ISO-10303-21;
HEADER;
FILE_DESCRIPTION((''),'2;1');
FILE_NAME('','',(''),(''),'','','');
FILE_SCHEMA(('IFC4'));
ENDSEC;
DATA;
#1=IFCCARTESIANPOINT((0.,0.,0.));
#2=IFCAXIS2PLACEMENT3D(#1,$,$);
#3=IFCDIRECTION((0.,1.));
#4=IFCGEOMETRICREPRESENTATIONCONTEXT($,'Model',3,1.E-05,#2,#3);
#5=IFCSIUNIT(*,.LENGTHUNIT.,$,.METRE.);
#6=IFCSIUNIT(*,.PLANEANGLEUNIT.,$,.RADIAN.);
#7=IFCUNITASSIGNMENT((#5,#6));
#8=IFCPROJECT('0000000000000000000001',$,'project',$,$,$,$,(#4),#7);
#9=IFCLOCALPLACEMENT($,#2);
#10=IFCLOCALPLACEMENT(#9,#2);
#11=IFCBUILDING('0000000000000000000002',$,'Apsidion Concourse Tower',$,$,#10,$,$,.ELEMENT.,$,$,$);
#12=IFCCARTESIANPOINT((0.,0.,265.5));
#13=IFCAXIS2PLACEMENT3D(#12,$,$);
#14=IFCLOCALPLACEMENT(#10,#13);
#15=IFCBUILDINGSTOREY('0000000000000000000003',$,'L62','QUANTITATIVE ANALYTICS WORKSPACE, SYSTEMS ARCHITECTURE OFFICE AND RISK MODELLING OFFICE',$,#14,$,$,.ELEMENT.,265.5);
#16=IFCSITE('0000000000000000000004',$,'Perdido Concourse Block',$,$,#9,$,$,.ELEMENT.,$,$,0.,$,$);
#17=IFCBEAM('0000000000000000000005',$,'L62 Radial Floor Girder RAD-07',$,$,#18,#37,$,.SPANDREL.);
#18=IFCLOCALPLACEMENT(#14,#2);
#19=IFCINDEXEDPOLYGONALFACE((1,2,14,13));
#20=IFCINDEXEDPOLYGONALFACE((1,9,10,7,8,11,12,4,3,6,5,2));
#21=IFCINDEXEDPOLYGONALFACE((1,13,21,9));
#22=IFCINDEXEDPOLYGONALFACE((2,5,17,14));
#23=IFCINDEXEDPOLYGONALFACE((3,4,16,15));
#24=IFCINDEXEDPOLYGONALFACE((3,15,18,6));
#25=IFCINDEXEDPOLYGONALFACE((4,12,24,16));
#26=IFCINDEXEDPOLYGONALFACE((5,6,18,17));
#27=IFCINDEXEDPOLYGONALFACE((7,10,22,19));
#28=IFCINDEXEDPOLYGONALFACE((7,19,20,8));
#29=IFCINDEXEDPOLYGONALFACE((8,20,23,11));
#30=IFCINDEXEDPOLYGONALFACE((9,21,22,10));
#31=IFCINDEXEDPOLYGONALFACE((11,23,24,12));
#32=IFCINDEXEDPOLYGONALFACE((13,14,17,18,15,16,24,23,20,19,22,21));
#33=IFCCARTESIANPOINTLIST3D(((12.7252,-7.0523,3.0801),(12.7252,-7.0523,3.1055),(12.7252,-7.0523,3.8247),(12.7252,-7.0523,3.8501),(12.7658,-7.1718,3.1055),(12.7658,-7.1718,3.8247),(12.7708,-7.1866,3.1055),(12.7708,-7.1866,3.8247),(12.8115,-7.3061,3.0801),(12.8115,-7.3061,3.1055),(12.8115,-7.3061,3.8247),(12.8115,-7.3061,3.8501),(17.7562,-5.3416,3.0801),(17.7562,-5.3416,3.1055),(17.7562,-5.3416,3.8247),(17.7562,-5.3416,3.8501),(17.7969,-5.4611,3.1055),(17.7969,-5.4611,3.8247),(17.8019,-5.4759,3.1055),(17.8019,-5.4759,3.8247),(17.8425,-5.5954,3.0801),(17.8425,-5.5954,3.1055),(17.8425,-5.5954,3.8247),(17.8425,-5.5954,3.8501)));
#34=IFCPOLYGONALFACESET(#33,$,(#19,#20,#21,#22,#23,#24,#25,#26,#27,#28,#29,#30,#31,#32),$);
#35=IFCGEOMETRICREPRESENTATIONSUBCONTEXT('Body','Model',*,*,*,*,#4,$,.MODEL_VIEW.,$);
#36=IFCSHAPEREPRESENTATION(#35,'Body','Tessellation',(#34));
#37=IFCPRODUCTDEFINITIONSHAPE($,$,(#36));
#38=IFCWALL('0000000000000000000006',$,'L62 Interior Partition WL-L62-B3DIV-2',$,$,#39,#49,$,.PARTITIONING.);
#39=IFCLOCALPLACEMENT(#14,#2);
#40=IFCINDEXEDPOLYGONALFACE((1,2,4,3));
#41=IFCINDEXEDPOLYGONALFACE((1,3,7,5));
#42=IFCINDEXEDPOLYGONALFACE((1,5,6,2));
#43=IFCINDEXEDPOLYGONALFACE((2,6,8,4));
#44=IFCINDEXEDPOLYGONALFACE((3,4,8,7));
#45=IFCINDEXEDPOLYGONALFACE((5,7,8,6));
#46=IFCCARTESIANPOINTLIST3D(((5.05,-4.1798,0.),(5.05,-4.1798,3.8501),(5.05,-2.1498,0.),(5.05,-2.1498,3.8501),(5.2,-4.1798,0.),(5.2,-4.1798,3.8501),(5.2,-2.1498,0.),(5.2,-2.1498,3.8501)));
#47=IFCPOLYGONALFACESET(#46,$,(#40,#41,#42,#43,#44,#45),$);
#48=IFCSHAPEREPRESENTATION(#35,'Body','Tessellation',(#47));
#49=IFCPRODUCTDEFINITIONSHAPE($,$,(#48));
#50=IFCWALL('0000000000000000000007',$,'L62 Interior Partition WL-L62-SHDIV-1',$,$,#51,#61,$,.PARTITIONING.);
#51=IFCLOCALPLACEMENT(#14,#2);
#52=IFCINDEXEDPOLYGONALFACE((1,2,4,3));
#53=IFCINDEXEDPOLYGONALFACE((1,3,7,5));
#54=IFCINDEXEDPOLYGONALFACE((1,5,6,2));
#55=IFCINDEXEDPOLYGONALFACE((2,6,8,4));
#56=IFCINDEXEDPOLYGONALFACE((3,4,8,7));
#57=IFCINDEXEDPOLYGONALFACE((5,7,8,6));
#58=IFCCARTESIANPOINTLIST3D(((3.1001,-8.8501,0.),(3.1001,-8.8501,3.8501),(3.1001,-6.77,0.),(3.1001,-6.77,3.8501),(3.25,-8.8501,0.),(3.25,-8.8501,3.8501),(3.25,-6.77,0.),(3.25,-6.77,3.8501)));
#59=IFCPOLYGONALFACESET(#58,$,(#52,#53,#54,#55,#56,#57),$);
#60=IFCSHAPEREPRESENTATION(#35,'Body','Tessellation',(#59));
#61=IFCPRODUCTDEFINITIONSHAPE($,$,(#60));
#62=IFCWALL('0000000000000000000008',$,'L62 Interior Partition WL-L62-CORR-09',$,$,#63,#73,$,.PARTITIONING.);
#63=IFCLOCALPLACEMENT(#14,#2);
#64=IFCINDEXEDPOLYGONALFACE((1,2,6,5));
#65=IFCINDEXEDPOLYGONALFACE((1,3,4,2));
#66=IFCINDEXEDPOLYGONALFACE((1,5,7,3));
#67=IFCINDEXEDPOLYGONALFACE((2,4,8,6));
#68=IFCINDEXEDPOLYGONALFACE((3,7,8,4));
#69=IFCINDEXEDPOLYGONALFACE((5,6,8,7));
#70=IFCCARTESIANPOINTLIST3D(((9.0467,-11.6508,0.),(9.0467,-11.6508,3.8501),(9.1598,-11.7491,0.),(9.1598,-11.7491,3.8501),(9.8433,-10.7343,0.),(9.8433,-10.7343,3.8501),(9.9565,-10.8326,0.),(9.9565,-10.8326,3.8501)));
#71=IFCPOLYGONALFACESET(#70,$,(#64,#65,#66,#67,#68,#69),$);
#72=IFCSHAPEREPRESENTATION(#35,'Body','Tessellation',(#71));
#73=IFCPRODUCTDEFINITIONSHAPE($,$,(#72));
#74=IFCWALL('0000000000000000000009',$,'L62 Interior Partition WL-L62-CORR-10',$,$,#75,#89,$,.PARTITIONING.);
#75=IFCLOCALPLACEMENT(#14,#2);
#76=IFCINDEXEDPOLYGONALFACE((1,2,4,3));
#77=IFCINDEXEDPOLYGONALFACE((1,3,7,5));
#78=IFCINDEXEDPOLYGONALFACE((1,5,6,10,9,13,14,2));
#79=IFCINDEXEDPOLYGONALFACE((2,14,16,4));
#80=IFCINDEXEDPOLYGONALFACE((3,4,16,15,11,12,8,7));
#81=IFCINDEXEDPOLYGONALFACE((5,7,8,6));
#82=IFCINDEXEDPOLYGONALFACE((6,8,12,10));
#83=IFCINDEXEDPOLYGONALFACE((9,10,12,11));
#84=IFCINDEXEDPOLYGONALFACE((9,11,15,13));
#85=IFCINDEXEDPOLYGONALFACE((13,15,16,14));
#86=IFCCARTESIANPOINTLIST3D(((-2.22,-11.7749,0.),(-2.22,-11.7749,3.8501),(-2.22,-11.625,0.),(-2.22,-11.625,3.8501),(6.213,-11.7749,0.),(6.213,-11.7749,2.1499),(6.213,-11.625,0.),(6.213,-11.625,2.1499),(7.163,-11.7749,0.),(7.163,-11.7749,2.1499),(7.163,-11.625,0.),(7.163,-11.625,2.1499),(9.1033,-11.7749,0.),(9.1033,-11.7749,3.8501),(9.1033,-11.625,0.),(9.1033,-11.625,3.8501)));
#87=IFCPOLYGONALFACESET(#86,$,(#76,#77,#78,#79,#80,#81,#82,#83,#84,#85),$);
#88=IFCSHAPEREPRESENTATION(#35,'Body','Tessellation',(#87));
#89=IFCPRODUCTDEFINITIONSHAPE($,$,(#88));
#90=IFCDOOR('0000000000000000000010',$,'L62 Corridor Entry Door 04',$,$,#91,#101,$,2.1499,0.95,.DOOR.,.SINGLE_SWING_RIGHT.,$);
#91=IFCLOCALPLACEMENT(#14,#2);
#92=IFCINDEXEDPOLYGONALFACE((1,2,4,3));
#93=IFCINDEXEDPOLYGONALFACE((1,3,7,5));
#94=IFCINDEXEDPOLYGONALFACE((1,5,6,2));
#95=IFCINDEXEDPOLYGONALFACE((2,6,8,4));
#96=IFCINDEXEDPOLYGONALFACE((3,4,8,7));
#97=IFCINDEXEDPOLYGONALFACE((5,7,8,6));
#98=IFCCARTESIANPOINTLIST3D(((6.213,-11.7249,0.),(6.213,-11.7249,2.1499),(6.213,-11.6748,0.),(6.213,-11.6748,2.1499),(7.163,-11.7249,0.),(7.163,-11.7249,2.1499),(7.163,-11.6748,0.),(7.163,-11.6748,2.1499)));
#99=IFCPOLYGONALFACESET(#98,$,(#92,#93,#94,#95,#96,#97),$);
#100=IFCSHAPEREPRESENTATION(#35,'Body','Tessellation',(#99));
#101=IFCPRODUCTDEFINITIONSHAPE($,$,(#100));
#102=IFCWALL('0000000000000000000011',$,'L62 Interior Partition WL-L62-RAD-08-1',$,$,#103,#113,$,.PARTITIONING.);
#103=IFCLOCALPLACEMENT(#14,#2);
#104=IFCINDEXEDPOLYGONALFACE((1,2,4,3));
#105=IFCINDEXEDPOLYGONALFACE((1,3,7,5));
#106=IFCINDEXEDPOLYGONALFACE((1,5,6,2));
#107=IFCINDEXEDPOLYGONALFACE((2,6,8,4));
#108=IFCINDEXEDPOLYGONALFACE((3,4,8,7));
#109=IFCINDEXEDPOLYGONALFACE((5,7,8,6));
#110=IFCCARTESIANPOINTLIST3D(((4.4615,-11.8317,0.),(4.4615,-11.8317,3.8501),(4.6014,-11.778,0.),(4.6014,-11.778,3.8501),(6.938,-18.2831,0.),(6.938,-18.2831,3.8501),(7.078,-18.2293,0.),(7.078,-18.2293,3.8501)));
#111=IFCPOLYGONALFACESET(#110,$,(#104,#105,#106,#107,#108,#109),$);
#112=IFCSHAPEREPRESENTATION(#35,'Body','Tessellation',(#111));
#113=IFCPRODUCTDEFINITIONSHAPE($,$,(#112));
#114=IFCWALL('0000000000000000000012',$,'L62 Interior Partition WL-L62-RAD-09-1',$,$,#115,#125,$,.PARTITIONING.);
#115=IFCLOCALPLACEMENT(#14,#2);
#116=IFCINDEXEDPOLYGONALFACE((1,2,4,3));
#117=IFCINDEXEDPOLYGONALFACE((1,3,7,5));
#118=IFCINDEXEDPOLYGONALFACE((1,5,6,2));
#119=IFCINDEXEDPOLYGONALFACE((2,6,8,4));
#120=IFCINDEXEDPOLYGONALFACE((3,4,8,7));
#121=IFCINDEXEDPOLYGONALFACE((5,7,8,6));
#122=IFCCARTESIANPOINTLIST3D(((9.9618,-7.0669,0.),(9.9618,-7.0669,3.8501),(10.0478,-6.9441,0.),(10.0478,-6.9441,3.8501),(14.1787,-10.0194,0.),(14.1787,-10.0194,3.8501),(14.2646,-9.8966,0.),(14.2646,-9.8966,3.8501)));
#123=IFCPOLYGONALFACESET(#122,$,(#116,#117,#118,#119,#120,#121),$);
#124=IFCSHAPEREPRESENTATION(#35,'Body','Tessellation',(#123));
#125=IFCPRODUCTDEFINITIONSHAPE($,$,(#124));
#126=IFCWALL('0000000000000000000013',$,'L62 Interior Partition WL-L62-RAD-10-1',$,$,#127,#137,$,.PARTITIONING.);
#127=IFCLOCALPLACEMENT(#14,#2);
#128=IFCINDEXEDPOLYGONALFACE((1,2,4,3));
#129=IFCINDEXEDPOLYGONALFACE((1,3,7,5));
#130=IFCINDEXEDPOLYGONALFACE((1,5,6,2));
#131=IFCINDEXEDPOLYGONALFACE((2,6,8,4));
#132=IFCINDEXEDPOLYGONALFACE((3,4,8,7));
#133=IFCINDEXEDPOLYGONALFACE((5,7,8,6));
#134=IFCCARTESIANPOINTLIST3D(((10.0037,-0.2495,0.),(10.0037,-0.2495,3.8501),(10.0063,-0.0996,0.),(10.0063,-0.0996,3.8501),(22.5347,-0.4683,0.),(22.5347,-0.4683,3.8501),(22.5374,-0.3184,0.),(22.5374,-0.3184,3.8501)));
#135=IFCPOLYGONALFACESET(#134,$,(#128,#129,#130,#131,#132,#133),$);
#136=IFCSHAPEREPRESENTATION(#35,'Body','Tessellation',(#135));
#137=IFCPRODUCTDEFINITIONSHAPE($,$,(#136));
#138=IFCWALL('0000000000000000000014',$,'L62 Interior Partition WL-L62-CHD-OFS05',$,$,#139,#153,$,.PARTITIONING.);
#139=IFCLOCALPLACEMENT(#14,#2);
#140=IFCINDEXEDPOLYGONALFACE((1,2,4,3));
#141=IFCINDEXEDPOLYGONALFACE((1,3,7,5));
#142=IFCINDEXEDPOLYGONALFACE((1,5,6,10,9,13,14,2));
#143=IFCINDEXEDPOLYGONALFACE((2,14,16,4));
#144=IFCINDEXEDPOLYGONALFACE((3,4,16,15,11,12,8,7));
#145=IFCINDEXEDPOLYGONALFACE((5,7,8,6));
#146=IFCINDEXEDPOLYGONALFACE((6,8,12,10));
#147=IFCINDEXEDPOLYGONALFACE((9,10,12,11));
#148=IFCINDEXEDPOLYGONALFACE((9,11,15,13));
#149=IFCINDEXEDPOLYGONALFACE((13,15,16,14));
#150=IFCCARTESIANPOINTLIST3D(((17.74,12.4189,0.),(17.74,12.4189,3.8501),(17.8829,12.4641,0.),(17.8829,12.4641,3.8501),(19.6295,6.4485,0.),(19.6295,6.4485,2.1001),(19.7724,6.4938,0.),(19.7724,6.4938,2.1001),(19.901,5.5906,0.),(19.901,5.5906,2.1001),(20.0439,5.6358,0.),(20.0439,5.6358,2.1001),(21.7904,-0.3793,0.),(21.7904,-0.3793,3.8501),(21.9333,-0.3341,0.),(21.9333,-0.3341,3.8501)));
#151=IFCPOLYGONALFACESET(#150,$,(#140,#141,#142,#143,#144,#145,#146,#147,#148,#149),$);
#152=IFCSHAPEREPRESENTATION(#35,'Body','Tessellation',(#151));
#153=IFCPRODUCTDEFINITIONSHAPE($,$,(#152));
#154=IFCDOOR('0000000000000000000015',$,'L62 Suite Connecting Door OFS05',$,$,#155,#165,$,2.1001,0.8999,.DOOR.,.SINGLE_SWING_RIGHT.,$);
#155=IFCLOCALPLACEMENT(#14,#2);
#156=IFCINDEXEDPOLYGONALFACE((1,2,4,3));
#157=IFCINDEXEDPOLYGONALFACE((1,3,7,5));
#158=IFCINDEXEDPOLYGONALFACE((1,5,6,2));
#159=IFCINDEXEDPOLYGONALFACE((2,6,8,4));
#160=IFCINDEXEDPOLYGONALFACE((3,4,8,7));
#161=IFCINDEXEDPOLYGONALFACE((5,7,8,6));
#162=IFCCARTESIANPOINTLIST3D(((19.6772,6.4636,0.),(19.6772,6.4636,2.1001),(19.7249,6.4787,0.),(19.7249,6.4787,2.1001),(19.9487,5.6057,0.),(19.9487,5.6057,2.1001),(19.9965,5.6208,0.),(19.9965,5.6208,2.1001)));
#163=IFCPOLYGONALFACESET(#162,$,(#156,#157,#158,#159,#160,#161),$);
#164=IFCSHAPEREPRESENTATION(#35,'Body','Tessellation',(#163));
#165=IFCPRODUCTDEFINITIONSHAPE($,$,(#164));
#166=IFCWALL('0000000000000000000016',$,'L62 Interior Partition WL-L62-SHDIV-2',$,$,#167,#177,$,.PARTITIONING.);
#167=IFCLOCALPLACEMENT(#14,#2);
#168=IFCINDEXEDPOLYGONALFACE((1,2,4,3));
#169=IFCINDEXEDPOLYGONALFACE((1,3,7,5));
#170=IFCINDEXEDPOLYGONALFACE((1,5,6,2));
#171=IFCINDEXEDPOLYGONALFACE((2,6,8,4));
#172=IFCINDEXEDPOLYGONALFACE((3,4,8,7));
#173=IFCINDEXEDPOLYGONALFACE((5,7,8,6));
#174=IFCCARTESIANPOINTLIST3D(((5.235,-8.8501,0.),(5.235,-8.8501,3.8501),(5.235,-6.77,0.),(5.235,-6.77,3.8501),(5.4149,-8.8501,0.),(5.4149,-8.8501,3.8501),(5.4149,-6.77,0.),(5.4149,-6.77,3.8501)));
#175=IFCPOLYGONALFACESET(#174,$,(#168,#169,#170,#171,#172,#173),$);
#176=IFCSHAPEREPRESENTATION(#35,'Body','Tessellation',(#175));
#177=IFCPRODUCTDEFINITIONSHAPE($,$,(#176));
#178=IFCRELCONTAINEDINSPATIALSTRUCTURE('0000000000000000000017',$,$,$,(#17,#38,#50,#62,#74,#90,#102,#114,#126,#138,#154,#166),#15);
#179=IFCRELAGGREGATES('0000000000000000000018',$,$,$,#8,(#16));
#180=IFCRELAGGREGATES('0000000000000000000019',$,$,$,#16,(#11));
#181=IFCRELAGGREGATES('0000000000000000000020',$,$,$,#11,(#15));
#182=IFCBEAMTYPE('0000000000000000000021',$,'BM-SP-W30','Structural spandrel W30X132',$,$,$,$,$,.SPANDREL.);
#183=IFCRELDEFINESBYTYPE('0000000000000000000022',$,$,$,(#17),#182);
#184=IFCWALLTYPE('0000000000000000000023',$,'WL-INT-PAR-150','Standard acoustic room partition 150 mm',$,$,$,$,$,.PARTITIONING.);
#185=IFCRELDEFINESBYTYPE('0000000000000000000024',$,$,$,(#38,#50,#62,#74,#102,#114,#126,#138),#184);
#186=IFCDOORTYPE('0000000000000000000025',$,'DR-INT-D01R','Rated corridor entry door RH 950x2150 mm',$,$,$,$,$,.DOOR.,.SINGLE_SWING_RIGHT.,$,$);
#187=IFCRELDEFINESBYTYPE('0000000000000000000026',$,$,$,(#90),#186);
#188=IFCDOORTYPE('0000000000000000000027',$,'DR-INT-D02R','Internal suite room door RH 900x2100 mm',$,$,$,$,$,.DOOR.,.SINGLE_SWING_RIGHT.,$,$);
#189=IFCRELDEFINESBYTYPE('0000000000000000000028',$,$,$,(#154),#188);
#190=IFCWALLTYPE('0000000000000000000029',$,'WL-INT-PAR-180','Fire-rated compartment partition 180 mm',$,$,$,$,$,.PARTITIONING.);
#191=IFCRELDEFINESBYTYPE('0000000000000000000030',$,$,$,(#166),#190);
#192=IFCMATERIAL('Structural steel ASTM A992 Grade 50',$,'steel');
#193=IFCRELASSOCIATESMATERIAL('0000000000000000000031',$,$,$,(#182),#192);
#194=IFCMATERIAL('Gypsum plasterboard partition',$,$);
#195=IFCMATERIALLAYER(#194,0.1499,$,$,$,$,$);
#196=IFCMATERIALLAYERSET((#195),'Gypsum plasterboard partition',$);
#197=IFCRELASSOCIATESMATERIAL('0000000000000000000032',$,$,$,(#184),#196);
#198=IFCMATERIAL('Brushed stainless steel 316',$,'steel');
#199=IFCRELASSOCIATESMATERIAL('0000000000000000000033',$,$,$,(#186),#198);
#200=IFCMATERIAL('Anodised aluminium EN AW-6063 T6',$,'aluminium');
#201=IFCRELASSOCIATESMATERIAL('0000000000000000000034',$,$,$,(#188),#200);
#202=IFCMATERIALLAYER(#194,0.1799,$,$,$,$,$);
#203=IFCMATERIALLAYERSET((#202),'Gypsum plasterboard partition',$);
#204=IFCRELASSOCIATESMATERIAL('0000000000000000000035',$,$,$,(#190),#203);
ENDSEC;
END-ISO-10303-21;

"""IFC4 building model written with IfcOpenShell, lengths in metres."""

from ifc_helpers import new_model, si_unit, direction, frame, frame_2d, origin, origin_2d, place, context, subcontext, project, spatial, rectangle, i_section, extrude, material, layer, layer_set, material_profile, profile_set, type_object, element, fill, save


model = new_model("IFC4")

# Units and contexts
model_context = context("Model", 3, precision=1e-05, world=origin(), true_north=direction((0.0, 1.0)))
body_context = subcontext(model_context, "Body", "Model", "MODEL_VIEW")
ifc_project = project(units=[si_unit("LENGTHUNIT", "METRE"), si_unit("PLANEANGLEUNIT", "RADIAN")], contexts=[model_context])

# Site, building, storey
site_placement = place(None, origin())
site = spatial("IfcSite", under=ifc_project, at=site_placement, Name="Perdido Concourse Block", CompositionType="ELEMENT", RefElevation=0.0)
building_placement = place(site_placement, origin())
building = spatial("IfcBuilding", under=site, at=building_placement, Name="Apsidion Concourse Tower", CompositionType="ELEMENT")
storey_placement = place(building_placement, frame((0.0, 0.0, 265.5)))
storey = spatial("IfcBuildingStorey", under=building, at=storey_placement, Name="L62", Description="QUANTITATIVE ANALYTICS WORKSPACE, SYSTEMS ARCHITECTURE OFFICE AND RISK MODELLING OFFICE", CompositionType="ELEMENT", Elevation=265.5)

# Shared definitions
ifc_material_1 = material(Name="Structural steel ASTM A992 Grade 50", Category="steel")

# Beam
ifc_material_profile_1 = material_profile(ifc_material_1, i_section(OverallWidth=0.2681, OverallDepth=0.77, WebThickness=0.0156, FlangeThickness=0.0254, at=origin_2d()), Name="W30X132")
ifc_profile_set_1 = profile_set([ifc_material_profile_1], Name="Structural steel ASTM A992 Grade 50")
beam_type_1 = type_object("IfcBeamType", Name="BM-SP-W30", Description="Structural spandrel W30X132", PredefinedType="SPANDREL", material=ifc_profile_set_1)
beam_1_placement = place(storey_placement, frame((12.7683, -7.1792, 3.4651), z_axis=(0.946764, 0.321928, 0.0), x_axis=(-0.321928, 0.946764, 0.0)))
element("IfcBeam", 1, at=beam_1_placement, inside=storey, type_object=beam_type_1, Name="L62 Radial Floor Girder RAD-07", PredefinedType="SPANDREL", context=body_context, shape_type="SweptSolid", body=[
    extrude(i_section(OverallWidth=0.2681, OverallDepth=0.77, WebThickness=0.0156, FlangeThickness=0.0254, at=origin_2d()), origin(), (0.0, 0.0, 1.0), 5.314),
])

# Walls
ifc_material_2 = material(Name="Gypsum plasterboard partition")
ifc_layer_1 = layer(ifc_material_2, 0.1499)
ifc_layer_set_1 = layer_set([ifc_layer_1], Name="Gypsum plasterboard partition")
wall_type_1 = type_object("IfcWallType", Name="WL-INT-PAR-150", Description="Standard acoustic room partition 150 mm", PredefinedType="PARTITIONING", material=ifc_layer_set_1)
wall_1_placement = place(storey_placement, frame((5.125, -4.1799, 0.0), z_axis=(0.0, 0.0, 1.0), x_axis=(0.0, 1.0, 0.0)))
element("IfcWall", 2, at=wall_1_placement, inside=storey, type_object=wall_type_1, Name="L62 Interior Partition WL-L62-B3DIV-2", PredefinedType="PARTITIONING", context=body_context, shape_type="SweptSolid", body=[
    extrude(rectangle(XDim=2.03, YDim=0.1499, at=frame_2d((1.0151, 0.0))), origin(), (0.0, 0.0, 1.0), 3.8501),
])
wall_2_placement = place(storey_placement, frame((3.175, -8.8501, 0.0), z_axis=(0.0, 0.0, 1.0), x_axis=(0.0, 1.0, 0.0)))
element("IfcWall", 3, at=wall_2_placement, inside=storey, type_object=wall_type_1, Name="L62 Interior Partition WL-L62-SHDIV-1", PredefinedType="PARTITIONING", context=body_context, shape_type="SweptSolid", body=[
    extrude(rectangle(XDim=2.0801, YDim=0.1499, at=frame_2d((1.04, 0.0))), origin(), (0.0, 0.0, 1.0), 3.8501),
])
wall_3_placement = place(storey_placement, frame((9.8999, -10.7834, 0.0), z_axis=(0.0, 0.0, 1.0), x_axis=(-0.656024, -0.75474, 0.0)))
element("IfcWall", 4, at=wall_3_placement, inside=storey, type_object=wall_type_1, Name="L62 Interior Partition WL-L62-CORR-09", PredefinedType="PARTITIONING", context=body_context, shape_type="SweptSolid", body=[
    extrude(rectangle(XDim=1.2144, YDim=0.1499, at=frame_2d((0.6072, 0.0))), origin(), (0.0, 0.0, 1.0), 3.8501),
])

# Wall, opening, door
wall_4_placement = place(storey_placement, frame((9.1033, -11.7, 0.0), z_axis=(0.0, 0.0, 1.0), x_axis=(-1.0, 0.0, 0.0)))
wall_4 = element("IfcWall", 5, at=wall_4_placement, inside=storey, type_object=wall_type_1, Name="L62 Interior Partition WL-L62-CORR-10", PredefinedType="PARTITIONING", context=body_context, shape_type="SweptSolid", body=[
    extrude(rectangle(XDim=11.3232, YDim=0.1499, at=frame_2d((5.6616, 0.0))), origin(), (0.0, 0.0, 1.0), 3.8501),
])
opening_1_placement = place(wall_4_placement, frame((1.9402, 0.0, 0.0)))
opening_1 = element("IfcOpeningElement", 6, at=opening_1_placement, cuts=wall_4, PredefinedType="OPENING", context=body_context, shape_type="SweptSolid", body=[
    extrude(rectangle(XDim=0.95, YDim=2.1499, at=frame_2d((0.4751, 1.075))), frame((0.0, 0.085, 0.0), z_axis=(0.0, -1.0, 0.0), x_axis=(1.0, 0.0, 0.0)), (0.0, 0.0, 1.0), 0.1699),
])
ifc_material_3 = material(Name="Brushed stainless steel 316", Category="steel")
door_type_1 = type_object("IfcDoorType", Name="DR-INT-D01R", Description="Rated corridor entry door RH 950x2150 mm", OperationType="SINGLE_SWING_RIGHT", PredefinedType="DOOR", material=ifc_material_3)
door_1_placement = place(opening_1_placement, origin())
door_1 = element("IfcDoor", 7, at=door_1_placement, inside=storey, type_object=door_type_1, Name="L62 Corridor Entry Door 04", OperationType="SINGLE_SWING_RIGHT", OverallHeight=2.1499, OverallWidth=0.95, PredefinedType="DOOR", context=body_context, shape_type="SweptSolid", body=[
    extrude(rectangle(XDim=0.95, YDim=2.1499, at=frame_2d((0.4751, 1.075))), frame((0.0, 0.0249, 0.0), z_axis=(0.0, -1.0, 0.0), x_axis=(1.0, 0.0, 0.0)), (0.0, 0.0, 1.0), 0.05),
])
fill(opening_1, door_1)

# Walls
wall_5_placement = place(storey_placement, frame((4.5315, -11.8049, 0.0), z_axis=(0.0, 0.0, 1.0), x_axis=(0.35838, -0.933576, 0.0)))
element("IfcWall", 8, at=wall_5_placement, inside=storey, type_object=wall_type_1, Name="L62 Interior Partition WL-L62-RAD-08-1", PredefinedType="PARTITIONING", context=body_context, shape_type="SweptSolid", body=[
    extrude(rectangle(XDim=6.9104, YDim=0.1499, at=frame_2d((3.4551, 0.0))), origin(), (0.0, 0.0, 1.0), 3.8501),
])
wall_6_placement = place(storey_placement, frame((10.0049, -7.0056, 0.0), z_axis=(0.0, 0.0, 1.0), x_axis=(0.819174, -0.573545, 0.0)))
element("IfcWall", 9, at=wall_6_placement, inside=storey, type_object=wall_type_1, Name="L62 Interior Partition WL-L62-RAD-09-1", PredefinedType="PARTITIONING", context=body_context, shape_type="SweptSolid", body=[
    extrude(rectangle(XDim=5.1477, YDim=0.1499, at=frame_2d((2.5737, 0.0))), origin(), (0.0, 0.0, 1.0), 3.8501),
])
wall_7_placement = place(storey_placement, frame((10.0049, -0.1746, 0.0), z_axis=(0.0, 0.0, 1.0), x_axis=(0.999848, -0.017454, 0.0)))
element("IfcWall", 10, at=wall_7_placement, inside=storey, type_object=wall_type_1, Name="L62 Interior Partition WL-L62-RAD-10-1", PredefinedType="PARTITIONING", context=body_context, shape_type="SweptSolid", body=[
    extrude(rectangle(XDim=12.533, YDim=0.1499, at=frame_2d((6.2666, 0.0))), origin(), (0.0, 0.0, 1.0), 3.8501),
])

# Wall, opening, door
wall_8_placement = place(storey_placement, frame((21.8618, -0.3567, 0.0), z_axis=(0.0, 0.0, 1.0), x_axis=(-0.301727, 0.953394, 0.0)))
wall_8 = element("IfcWall", 11, at=wall_8_placement, inside=storey, type_object=wall_type_1, Name="L62 Interior Partition WL-L62-CHD-OFS05", PredefinedType="PARTITIONING", context=body_context, shape_type="SweptSolid", body=[
    extrude(rectangle(XDim=13.4238, YDim=0.1499, at=frame_2d((6.7119, 0.0))), origin(), (0.0, 0.0, 1.0), 3.8501),
])
opening_2_placement = place(wall_8_placement, frame((6.2617, 0.0, 0.0)))
opening_2 = element("IfcOpeningElement", 12, at=opening_2_placement, cuts=wall_8, PredefinedType="OPENING", context=body_context, shape_type="SweptSolid", body=[
    extrude(rectangle(XDim=0.8999, YDim=2.1001, at=frame_2d((0.45, 1.05))), frame((0.0, 0.085, 0.0), z_axis=(0.0, -1.0, 0.0), x_axis=(1.0, 0.0, 0.0)), (0.0, 0.0, 1.0), 0.1699),
])
ifc_material_4 = material(Name="Anodised aluminium EN AW-6063 T6", Category="aluminium")
door_type_2 = type_object("IfcDoorType", Name="DR-INT-D02R", Description="Internal suite room door RH 900x2100 mm", OperationType="SINGLE_SWING_RIGHT", PredefinedType="DOOR", material=ifc_material_4)
door_2_placement = place(opening_2_placement, origin())
door_2 = element("IfcDoor", 13, at=door_2_placement, inside=storey, type_object=door_type_2, Name="L62 Suite Connecting Door OFS05", OperationType="SINGLE_SWING_RIGHT", OverallHeight=2.1001, OverallWidth=0.8999, PredefinedType="DOOR", context=body_context, shape_type="SweptSolid", body=[
    extrude(rectangle(XDim=0.8999, YDim=2.1001, at=frame_2d((0.45, 1.05))), frame((0.0, 0.0249, 0.0), z_axis=(0.0, -1.0, 0.0), x_axis=(1.0, 0.0, 0.0)), (0.0, 0.0, 1.0), 0.05),
])
fill(opening_2, door_2)

# Wall
ifc_layer_2 = layer(ifc_material_2, 0.1799)
ifc_layer_set_2 = layer_set([ifc_layer_2], Name="Gypsum plasterboard partition")
wall_type_2 = type_object("IfcWallType", Name="WL-INT-PAR-180", Description="Fire-rated compartment partition 180 mm", PredefinedType="PARTITIONING", material=ifc_layer_set_2)
wall_9_placement = place(storey_placement, frame((5.325, -8.8501, 0.0), z_axis=(0.0, 0.0, 1.0), x_axis=(0.0, 1.0, 0.0)))
element("IfcWall", 14, at=wall_9_placement, inside=storey, type_object=wall_type_2, Name="L62 Interior Partition WL-L62-SHDIV-2", PredefinedType="PARTITIONING", context=body_context, shape_type="SweptSolid", body=[
    extrude(rectangle(XDim=2.0801, YDim=0.1799, at=frame_2d((1.04, 0.0))), origin(), (0.0, 0.0, 1.0), 3.8501),
])

save(model, "model.ifc")
